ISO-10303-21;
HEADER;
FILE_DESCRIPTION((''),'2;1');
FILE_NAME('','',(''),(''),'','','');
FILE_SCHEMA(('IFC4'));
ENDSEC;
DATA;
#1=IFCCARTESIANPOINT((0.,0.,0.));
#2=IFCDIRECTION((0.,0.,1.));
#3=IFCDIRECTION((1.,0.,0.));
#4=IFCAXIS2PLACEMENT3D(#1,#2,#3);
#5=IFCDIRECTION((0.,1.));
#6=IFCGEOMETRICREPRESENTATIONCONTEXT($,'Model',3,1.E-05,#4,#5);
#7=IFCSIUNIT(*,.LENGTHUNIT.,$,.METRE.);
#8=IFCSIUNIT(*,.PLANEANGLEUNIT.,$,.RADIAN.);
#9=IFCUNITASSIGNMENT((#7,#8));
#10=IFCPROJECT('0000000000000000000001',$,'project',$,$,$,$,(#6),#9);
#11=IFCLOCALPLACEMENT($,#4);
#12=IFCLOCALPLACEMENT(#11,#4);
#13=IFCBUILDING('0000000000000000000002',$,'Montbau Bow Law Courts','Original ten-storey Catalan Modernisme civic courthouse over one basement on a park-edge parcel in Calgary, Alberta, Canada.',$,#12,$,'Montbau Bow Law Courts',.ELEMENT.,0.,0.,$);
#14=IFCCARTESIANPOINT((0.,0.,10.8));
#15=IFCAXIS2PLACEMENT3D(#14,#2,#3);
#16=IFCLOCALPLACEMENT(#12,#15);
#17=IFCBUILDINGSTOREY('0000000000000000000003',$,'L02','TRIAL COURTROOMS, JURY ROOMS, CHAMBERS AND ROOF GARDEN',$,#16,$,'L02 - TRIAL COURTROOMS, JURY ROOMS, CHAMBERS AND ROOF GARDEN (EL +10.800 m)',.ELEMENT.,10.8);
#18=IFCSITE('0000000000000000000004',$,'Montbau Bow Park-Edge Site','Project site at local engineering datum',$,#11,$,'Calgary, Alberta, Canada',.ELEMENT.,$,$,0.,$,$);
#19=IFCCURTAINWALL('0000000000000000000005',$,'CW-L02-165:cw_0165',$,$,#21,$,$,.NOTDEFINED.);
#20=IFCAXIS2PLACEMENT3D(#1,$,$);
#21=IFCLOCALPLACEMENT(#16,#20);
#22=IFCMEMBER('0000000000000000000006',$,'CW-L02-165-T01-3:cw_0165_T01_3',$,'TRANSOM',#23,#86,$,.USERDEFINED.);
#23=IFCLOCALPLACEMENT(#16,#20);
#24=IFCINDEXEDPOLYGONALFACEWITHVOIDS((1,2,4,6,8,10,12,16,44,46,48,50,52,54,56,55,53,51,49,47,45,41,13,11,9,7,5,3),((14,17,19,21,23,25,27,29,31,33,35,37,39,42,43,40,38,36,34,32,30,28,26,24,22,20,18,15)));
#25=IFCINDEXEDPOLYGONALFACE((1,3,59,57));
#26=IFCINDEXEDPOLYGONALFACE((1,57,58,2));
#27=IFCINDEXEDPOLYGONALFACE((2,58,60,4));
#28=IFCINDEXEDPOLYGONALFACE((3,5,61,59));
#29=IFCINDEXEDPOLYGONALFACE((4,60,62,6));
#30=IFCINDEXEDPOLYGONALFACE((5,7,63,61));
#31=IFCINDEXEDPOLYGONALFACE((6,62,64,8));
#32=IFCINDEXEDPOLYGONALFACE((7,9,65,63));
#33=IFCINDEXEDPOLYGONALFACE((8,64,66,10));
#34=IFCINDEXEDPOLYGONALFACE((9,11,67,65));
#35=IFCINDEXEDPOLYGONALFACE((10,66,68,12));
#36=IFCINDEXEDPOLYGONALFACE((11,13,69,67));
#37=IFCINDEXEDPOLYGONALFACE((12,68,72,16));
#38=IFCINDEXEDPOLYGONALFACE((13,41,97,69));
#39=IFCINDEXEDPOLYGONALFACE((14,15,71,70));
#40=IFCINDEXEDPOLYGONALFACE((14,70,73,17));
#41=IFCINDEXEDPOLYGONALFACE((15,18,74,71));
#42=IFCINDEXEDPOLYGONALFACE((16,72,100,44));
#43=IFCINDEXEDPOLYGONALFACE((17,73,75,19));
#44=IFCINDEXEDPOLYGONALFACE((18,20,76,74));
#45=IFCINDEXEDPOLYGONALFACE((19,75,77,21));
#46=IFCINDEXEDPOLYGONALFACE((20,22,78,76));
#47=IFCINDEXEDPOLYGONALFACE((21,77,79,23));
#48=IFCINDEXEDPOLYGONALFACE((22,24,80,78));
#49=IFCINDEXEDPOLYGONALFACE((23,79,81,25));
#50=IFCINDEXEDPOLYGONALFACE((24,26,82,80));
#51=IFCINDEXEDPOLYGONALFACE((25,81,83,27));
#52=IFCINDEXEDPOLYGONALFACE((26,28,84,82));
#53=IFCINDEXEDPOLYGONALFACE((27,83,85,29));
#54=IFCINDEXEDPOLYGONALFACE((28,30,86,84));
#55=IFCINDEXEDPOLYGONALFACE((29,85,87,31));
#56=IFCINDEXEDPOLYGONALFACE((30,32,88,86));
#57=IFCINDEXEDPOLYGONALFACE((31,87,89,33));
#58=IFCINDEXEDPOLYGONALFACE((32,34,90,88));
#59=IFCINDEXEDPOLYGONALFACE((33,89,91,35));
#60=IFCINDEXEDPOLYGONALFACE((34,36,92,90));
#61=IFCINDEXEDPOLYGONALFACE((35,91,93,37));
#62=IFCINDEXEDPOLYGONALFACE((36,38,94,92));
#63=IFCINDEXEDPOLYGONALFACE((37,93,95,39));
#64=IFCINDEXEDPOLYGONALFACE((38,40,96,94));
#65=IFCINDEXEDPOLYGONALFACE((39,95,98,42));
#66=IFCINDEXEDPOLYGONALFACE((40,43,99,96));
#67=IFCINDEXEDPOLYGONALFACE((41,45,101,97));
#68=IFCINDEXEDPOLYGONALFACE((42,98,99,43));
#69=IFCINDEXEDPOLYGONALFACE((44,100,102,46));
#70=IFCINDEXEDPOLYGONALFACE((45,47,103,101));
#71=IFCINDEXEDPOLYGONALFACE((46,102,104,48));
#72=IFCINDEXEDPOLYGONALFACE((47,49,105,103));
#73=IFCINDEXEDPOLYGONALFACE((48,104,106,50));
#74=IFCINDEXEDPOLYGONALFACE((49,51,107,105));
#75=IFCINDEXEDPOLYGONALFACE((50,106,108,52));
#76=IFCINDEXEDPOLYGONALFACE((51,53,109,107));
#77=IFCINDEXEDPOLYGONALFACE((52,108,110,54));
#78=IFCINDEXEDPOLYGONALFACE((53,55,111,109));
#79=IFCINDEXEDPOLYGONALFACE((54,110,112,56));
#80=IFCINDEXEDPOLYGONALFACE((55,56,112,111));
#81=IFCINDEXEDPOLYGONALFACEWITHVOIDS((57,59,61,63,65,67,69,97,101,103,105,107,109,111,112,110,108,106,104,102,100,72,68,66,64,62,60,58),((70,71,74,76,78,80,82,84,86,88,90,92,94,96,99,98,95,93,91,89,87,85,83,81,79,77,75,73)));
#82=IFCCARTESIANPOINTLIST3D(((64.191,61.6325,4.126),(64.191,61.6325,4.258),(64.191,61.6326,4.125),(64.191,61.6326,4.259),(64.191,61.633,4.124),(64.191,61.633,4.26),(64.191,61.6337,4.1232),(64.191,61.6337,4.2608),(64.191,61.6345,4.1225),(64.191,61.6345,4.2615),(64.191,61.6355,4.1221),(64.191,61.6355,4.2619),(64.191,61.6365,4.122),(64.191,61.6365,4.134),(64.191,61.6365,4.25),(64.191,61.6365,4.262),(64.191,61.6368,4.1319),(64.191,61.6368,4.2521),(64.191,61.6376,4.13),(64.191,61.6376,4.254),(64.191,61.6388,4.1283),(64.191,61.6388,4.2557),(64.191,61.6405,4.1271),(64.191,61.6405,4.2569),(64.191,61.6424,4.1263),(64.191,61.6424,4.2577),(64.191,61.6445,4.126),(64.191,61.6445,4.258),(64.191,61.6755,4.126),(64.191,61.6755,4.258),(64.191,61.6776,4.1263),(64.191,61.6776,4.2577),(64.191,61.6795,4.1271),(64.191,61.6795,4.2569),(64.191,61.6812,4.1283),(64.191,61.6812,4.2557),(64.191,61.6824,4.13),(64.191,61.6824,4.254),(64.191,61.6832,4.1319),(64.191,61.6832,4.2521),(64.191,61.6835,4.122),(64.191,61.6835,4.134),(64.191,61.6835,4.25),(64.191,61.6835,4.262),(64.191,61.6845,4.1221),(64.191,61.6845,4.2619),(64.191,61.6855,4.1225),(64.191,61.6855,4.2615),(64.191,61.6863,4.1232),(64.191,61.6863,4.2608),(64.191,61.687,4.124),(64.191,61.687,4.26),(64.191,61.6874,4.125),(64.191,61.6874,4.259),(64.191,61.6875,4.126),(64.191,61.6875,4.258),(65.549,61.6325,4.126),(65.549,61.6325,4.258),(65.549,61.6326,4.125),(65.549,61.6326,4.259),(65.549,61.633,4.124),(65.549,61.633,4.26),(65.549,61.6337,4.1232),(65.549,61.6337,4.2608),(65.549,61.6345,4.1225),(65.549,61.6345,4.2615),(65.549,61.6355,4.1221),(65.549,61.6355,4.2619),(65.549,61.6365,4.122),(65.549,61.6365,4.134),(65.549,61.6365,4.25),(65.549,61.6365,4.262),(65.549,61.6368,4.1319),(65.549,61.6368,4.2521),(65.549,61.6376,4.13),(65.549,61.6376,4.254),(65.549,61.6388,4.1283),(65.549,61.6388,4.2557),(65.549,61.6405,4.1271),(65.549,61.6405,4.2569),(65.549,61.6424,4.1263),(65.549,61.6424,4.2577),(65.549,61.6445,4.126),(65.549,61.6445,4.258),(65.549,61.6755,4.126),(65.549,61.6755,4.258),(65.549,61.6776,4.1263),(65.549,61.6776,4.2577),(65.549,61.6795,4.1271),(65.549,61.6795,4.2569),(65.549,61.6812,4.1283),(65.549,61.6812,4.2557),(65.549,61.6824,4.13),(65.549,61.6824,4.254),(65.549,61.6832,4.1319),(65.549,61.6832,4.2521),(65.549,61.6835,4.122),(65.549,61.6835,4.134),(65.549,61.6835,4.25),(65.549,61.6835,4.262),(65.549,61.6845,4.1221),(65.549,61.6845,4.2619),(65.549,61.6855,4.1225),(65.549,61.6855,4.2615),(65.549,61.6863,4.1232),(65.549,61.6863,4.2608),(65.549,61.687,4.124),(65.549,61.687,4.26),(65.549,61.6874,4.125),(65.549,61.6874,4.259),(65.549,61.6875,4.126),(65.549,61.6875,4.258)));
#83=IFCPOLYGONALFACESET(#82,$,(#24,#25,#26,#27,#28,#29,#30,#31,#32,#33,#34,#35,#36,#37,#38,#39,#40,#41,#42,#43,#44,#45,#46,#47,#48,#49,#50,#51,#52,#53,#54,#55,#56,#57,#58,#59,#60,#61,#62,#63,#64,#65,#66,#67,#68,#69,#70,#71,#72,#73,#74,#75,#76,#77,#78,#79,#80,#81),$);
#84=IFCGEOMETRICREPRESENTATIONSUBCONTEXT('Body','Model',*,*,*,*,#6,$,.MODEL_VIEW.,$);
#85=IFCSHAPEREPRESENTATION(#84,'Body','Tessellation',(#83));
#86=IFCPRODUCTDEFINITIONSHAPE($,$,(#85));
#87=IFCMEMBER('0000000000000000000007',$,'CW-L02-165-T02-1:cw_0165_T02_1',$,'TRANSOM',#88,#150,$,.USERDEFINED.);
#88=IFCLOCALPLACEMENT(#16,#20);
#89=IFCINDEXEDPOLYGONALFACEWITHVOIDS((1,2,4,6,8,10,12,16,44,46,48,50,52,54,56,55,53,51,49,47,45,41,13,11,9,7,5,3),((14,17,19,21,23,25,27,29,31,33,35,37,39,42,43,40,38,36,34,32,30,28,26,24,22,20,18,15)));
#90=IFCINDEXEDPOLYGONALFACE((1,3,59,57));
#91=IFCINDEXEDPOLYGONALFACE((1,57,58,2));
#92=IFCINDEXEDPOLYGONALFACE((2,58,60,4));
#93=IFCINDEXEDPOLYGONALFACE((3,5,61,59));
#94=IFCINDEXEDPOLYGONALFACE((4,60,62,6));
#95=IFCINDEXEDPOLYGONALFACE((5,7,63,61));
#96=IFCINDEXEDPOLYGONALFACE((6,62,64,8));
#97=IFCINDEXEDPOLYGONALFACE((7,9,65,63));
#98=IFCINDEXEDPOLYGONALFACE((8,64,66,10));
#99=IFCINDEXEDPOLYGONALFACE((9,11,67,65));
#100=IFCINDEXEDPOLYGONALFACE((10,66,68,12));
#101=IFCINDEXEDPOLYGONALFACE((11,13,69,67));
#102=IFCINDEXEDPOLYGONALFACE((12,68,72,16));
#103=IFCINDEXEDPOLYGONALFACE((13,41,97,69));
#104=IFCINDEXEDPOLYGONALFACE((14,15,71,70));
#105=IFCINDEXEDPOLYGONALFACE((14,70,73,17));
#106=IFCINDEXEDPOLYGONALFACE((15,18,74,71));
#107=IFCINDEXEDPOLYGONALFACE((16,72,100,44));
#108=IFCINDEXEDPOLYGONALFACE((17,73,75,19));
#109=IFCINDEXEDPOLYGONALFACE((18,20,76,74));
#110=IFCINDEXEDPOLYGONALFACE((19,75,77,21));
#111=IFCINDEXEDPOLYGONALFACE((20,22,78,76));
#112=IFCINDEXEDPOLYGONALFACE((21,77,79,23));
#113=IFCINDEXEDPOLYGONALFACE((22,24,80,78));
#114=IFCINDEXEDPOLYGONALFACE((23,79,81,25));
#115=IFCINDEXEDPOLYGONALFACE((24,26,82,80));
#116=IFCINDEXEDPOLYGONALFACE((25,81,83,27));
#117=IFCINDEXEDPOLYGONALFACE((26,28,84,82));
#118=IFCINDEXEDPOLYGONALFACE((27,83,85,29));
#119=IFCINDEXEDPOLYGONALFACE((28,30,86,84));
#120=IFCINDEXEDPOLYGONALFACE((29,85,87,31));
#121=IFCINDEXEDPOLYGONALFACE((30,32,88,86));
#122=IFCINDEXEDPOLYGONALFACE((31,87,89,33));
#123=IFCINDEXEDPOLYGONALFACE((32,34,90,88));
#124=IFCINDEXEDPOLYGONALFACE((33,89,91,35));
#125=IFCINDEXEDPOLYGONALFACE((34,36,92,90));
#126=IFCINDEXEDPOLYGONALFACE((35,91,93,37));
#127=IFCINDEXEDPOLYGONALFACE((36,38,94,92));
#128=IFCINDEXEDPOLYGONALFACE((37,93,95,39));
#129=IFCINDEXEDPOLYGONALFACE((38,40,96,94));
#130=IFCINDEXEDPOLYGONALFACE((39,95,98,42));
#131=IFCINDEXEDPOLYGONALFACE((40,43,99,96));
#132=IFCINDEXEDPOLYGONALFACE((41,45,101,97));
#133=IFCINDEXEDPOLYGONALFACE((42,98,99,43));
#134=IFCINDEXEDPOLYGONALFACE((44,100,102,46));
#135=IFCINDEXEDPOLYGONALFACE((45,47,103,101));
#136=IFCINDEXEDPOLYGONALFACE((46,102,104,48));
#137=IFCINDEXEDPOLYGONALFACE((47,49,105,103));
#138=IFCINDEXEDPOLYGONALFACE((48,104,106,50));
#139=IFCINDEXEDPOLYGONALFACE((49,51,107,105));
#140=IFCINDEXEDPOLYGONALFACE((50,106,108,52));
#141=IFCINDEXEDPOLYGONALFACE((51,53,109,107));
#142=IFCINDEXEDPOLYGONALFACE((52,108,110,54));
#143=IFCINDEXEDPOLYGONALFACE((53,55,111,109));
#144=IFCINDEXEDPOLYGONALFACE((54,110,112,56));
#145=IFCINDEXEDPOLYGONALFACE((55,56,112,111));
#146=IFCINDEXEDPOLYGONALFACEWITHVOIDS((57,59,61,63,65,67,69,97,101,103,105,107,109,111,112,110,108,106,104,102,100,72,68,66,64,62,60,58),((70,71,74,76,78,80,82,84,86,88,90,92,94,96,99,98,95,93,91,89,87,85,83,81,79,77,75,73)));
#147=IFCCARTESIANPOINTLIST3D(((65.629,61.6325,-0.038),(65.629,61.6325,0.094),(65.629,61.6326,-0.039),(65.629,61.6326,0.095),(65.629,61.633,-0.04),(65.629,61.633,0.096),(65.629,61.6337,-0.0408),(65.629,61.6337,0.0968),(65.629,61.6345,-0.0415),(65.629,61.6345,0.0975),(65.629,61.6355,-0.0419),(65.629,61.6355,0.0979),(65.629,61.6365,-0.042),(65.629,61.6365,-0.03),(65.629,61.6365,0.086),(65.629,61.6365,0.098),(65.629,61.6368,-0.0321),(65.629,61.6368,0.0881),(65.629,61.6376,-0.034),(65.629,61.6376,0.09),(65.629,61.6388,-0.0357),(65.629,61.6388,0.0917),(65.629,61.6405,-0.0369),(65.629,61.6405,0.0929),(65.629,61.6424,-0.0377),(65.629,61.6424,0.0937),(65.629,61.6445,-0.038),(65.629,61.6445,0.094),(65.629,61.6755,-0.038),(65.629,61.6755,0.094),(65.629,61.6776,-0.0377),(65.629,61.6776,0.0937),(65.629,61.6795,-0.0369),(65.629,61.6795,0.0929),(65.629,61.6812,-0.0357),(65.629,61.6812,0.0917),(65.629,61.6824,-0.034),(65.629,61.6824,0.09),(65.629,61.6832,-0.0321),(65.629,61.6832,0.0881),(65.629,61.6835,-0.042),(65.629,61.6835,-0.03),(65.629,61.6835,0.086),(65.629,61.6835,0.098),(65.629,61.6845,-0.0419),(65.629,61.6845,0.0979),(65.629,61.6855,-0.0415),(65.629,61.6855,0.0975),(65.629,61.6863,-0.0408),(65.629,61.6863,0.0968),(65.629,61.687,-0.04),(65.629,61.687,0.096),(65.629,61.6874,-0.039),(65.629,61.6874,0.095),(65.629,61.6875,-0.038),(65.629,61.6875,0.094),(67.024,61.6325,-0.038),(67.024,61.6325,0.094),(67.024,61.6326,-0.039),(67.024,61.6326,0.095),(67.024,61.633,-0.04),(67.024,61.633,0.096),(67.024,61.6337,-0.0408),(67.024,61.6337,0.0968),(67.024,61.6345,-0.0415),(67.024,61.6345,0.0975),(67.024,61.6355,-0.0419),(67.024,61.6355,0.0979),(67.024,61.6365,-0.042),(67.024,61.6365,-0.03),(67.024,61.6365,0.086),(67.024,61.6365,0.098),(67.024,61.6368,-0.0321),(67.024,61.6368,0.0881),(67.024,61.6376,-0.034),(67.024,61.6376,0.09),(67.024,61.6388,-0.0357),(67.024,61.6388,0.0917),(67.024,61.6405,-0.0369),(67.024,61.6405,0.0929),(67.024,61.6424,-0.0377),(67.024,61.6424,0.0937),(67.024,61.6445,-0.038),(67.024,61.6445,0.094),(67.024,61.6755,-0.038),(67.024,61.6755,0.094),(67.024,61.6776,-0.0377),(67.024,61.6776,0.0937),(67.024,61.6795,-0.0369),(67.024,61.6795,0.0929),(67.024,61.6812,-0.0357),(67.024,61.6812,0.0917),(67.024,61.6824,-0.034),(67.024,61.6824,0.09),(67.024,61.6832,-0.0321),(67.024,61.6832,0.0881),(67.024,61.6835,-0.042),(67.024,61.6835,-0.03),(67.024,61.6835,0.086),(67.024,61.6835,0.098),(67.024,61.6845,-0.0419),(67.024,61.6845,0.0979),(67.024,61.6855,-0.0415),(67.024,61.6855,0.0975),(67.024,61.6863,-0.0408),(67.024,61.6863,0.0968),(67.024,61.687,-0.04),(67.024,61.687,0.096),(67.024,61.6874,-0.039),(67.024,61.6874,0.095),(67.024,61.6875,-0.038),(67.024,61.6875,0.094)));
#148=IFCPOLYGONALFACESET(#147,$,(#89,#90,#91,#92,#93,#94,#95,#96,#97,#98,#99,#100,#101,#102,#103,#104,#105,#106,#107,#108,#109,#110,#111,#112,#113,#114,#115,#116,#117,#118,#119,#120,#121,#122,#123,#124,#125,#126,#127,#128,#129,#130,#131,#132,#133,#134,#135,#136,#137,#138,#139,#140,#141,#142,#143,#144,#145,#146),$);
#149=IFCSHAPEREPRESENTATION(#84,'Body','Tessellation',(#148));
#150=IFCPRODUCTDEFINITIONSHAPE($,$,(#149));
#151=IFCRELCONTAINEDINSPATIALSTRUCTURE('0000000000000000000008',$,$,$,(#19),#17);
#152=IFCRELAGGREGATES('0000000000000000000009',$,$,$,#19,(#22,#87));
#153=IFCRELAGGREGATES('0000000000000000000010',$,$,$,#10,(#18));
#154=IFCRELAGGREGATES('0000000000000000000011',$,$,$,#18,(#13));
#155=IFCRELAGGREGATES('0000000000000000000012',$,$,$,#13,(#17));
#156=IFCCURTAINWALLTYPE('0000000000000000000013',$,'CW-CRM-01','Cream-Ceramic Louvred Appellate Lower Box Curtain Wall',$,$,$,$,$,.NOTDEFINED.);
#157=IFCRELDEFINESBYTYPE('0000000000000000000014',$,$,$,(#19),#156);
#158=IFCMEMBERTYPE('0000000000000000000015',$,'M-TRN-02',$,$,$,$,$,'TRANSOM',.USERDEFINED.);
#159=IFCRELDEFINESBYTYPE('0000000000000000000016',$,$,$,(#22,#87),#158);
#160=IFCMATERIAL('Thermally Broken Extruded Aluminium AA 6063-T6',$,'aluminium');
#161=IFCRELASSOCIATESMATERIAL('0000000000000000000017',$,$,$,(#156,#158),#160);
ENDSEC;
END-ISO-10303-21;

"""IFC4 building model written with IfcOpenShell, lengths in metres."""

from ifc_helpers import new_model, si_unit, direction, frame, origin_with_axes, origin_2d_with_axis, place, context, subcontext, project, spatial, hollow_rectangle, extrude, material, material_profile, profile_set, type_object, element, aggregate, save


model = new_model("IFC4")

# Units and contexts
model_context = context("Model", 3, precision=1e-05, world=origin_with_axes(), true_north=direction((0.0, 1.0)))
body_context = subcontext(model_context, "Body", "Model", "MODEL_VIEW")
ifc_project = project(units=[si_unit("LENGTHUNIT", "METRE"), si_unit("PLANEANGLEUNIT", "RADIAN")], contexts=[model_context])

# Site, building, storey
site_placement = place(None, origin_with_axes())
site = spatial("IfcSite", under=ifc_project, at=site_placement, Name="Montbau Bow Park-Edge Site", Description="Project site at local engineering datum", LongName="Calgary, Alberta, Canada", CompositionType="ELEMENT", RefElevation=0.0)
building_placement = place(site_placement, origin_with_axes())
building = spatial("IfcBuilding", under=site, at=building_placement, Name="Montbau Bow Law Courts", Description="Original ten-storey Catalan Modernisme civic courthouse over one basement on a park-edge parcel in Calgary, Alberta, Canada.", LongName="Montbau Bow Law Courts", CompositionType="ELEMENT", ElevationOfRefHeight=0.0, ElevationOfTerrain=0.0)
storey_placement = place(building_placement, frame((0.0, 0.0, 10.8), z_axis=(0.0, 0.0, 1.0), x_axis=(1.0, 0.0, 0.0)))
storey = spatial("IfcBuildingStorey", under=building, at=storey_placement, Name="L02", Description="TRIAL COURTROOMS, JURY ROOMS, CHAMBERS AND ROOF GARDEN", LongName="L02 - TRIAL COURTROOMS, JURY ROOMS, CHAMBERS AND ROOF GARDEN (EL +10.800 m)", CompositionType="ELEMENT", Elevation=10.8)

# Curtain wall, members
ifc_material_1 = material(Name="Thermally Broken Extruded Aluminium AA 6063-T6", Category="aluminium")
curtain_wall_type = type_object("IfcCurtainWallType", Name="CW-CRM-01", Description="Cream-Ceramic Louvred Appellate Lower Box Curtain Wall", PredefinedType="NOTDEFINED", material=ifc_material_1)
curtain_wall_placement = place(None, frame((64.115, 61.66, 10.8), z_axis=(0.0, 0.0, 1.0), x_axis=(1.0, 0.0, 0.0)))
curtain_wall = element("IfcCurtainWall", 1, at=curtain_wall_placement, inside=storey, type_object=curtain_wall_type, Name="CW-L02-165:cw_0165", PredefinedType="NOTDEFINED")
ifc_material_profile_1 = material_profile(ifc_material_1, hollow_rectangle(XDim=0.055, YDim=0.14, WallThickness=0.004, InnerFilletRadius=0.008, OuterFilletRadius=0.004, at=origin_2d_with_axis()), Name="CWT-140X55", Category="Main", Priority=0)
ifc_profile_set_1 = profile_set([ifc_material_profile_1], Name="Thermally Broken Extruded Aluminium AA 6063-T6")
member_type_1 = type_object("IfcMemberType", Name="M-TRN-02", ElementType="TRANSOM", PredefinedType="USERDEFINED", material=ifc_profile_set_1)
member_1_placement = place(None, frame((64.191, 61.66, 14.992), z_axis=(1.0, 0.0, 0.0), x_axis=(0.0, 1.0, 0.0)))
member_1 = element("IfcMember", 2, at=member_1_placement, type_object=member_type_1, Name="CW-L02-165-T01-3:cw_0165_T01_3", ObjectType="TRANSOM", PredefinedType="USERDEFINED", context=body_context, shape_type="SweptSolid", body=[
    extrude(hollow_rectangle(XDim=0.055, YDim=0.14, WallThickness=0.004, InnerFilletRadius=0.008, OuterFilletRadius=0.004, at=origin_2d_with_axis()), origin_with_axes(), (0.0, 0.0, 1.0), 1.358),
])
member_2_placement = place(None, frame((65.629, 61.66, 10.828), z_axis=(1.0, 0.0, 0.0), x_axis=(0.0, 1.0, 0.0)))
member_2 = element("IfcMember", 3, at=member_2_placement, type_object=member_type_1, Name="CW-L02-165-T02-1:cw_0165_T02_1", ObjectType="TRANSOM", PredefinedType="USERDEFINED", context=body_context, shape_type="SweptSolid", body=[
    extrude(hollow_rectangle(XDim=0.055, YDim=0.14, WallThickness=0.004, InnerFilletRadius=0.008, OuterFilletRadius=0.004, at=origin_2d_with_axis()), origin_with_axes(), (0.0, 0.0, 1.0), 1.395),
])
aggregate(curtain_wall, [member_1, member_2])

save(model, "model.ifc")
